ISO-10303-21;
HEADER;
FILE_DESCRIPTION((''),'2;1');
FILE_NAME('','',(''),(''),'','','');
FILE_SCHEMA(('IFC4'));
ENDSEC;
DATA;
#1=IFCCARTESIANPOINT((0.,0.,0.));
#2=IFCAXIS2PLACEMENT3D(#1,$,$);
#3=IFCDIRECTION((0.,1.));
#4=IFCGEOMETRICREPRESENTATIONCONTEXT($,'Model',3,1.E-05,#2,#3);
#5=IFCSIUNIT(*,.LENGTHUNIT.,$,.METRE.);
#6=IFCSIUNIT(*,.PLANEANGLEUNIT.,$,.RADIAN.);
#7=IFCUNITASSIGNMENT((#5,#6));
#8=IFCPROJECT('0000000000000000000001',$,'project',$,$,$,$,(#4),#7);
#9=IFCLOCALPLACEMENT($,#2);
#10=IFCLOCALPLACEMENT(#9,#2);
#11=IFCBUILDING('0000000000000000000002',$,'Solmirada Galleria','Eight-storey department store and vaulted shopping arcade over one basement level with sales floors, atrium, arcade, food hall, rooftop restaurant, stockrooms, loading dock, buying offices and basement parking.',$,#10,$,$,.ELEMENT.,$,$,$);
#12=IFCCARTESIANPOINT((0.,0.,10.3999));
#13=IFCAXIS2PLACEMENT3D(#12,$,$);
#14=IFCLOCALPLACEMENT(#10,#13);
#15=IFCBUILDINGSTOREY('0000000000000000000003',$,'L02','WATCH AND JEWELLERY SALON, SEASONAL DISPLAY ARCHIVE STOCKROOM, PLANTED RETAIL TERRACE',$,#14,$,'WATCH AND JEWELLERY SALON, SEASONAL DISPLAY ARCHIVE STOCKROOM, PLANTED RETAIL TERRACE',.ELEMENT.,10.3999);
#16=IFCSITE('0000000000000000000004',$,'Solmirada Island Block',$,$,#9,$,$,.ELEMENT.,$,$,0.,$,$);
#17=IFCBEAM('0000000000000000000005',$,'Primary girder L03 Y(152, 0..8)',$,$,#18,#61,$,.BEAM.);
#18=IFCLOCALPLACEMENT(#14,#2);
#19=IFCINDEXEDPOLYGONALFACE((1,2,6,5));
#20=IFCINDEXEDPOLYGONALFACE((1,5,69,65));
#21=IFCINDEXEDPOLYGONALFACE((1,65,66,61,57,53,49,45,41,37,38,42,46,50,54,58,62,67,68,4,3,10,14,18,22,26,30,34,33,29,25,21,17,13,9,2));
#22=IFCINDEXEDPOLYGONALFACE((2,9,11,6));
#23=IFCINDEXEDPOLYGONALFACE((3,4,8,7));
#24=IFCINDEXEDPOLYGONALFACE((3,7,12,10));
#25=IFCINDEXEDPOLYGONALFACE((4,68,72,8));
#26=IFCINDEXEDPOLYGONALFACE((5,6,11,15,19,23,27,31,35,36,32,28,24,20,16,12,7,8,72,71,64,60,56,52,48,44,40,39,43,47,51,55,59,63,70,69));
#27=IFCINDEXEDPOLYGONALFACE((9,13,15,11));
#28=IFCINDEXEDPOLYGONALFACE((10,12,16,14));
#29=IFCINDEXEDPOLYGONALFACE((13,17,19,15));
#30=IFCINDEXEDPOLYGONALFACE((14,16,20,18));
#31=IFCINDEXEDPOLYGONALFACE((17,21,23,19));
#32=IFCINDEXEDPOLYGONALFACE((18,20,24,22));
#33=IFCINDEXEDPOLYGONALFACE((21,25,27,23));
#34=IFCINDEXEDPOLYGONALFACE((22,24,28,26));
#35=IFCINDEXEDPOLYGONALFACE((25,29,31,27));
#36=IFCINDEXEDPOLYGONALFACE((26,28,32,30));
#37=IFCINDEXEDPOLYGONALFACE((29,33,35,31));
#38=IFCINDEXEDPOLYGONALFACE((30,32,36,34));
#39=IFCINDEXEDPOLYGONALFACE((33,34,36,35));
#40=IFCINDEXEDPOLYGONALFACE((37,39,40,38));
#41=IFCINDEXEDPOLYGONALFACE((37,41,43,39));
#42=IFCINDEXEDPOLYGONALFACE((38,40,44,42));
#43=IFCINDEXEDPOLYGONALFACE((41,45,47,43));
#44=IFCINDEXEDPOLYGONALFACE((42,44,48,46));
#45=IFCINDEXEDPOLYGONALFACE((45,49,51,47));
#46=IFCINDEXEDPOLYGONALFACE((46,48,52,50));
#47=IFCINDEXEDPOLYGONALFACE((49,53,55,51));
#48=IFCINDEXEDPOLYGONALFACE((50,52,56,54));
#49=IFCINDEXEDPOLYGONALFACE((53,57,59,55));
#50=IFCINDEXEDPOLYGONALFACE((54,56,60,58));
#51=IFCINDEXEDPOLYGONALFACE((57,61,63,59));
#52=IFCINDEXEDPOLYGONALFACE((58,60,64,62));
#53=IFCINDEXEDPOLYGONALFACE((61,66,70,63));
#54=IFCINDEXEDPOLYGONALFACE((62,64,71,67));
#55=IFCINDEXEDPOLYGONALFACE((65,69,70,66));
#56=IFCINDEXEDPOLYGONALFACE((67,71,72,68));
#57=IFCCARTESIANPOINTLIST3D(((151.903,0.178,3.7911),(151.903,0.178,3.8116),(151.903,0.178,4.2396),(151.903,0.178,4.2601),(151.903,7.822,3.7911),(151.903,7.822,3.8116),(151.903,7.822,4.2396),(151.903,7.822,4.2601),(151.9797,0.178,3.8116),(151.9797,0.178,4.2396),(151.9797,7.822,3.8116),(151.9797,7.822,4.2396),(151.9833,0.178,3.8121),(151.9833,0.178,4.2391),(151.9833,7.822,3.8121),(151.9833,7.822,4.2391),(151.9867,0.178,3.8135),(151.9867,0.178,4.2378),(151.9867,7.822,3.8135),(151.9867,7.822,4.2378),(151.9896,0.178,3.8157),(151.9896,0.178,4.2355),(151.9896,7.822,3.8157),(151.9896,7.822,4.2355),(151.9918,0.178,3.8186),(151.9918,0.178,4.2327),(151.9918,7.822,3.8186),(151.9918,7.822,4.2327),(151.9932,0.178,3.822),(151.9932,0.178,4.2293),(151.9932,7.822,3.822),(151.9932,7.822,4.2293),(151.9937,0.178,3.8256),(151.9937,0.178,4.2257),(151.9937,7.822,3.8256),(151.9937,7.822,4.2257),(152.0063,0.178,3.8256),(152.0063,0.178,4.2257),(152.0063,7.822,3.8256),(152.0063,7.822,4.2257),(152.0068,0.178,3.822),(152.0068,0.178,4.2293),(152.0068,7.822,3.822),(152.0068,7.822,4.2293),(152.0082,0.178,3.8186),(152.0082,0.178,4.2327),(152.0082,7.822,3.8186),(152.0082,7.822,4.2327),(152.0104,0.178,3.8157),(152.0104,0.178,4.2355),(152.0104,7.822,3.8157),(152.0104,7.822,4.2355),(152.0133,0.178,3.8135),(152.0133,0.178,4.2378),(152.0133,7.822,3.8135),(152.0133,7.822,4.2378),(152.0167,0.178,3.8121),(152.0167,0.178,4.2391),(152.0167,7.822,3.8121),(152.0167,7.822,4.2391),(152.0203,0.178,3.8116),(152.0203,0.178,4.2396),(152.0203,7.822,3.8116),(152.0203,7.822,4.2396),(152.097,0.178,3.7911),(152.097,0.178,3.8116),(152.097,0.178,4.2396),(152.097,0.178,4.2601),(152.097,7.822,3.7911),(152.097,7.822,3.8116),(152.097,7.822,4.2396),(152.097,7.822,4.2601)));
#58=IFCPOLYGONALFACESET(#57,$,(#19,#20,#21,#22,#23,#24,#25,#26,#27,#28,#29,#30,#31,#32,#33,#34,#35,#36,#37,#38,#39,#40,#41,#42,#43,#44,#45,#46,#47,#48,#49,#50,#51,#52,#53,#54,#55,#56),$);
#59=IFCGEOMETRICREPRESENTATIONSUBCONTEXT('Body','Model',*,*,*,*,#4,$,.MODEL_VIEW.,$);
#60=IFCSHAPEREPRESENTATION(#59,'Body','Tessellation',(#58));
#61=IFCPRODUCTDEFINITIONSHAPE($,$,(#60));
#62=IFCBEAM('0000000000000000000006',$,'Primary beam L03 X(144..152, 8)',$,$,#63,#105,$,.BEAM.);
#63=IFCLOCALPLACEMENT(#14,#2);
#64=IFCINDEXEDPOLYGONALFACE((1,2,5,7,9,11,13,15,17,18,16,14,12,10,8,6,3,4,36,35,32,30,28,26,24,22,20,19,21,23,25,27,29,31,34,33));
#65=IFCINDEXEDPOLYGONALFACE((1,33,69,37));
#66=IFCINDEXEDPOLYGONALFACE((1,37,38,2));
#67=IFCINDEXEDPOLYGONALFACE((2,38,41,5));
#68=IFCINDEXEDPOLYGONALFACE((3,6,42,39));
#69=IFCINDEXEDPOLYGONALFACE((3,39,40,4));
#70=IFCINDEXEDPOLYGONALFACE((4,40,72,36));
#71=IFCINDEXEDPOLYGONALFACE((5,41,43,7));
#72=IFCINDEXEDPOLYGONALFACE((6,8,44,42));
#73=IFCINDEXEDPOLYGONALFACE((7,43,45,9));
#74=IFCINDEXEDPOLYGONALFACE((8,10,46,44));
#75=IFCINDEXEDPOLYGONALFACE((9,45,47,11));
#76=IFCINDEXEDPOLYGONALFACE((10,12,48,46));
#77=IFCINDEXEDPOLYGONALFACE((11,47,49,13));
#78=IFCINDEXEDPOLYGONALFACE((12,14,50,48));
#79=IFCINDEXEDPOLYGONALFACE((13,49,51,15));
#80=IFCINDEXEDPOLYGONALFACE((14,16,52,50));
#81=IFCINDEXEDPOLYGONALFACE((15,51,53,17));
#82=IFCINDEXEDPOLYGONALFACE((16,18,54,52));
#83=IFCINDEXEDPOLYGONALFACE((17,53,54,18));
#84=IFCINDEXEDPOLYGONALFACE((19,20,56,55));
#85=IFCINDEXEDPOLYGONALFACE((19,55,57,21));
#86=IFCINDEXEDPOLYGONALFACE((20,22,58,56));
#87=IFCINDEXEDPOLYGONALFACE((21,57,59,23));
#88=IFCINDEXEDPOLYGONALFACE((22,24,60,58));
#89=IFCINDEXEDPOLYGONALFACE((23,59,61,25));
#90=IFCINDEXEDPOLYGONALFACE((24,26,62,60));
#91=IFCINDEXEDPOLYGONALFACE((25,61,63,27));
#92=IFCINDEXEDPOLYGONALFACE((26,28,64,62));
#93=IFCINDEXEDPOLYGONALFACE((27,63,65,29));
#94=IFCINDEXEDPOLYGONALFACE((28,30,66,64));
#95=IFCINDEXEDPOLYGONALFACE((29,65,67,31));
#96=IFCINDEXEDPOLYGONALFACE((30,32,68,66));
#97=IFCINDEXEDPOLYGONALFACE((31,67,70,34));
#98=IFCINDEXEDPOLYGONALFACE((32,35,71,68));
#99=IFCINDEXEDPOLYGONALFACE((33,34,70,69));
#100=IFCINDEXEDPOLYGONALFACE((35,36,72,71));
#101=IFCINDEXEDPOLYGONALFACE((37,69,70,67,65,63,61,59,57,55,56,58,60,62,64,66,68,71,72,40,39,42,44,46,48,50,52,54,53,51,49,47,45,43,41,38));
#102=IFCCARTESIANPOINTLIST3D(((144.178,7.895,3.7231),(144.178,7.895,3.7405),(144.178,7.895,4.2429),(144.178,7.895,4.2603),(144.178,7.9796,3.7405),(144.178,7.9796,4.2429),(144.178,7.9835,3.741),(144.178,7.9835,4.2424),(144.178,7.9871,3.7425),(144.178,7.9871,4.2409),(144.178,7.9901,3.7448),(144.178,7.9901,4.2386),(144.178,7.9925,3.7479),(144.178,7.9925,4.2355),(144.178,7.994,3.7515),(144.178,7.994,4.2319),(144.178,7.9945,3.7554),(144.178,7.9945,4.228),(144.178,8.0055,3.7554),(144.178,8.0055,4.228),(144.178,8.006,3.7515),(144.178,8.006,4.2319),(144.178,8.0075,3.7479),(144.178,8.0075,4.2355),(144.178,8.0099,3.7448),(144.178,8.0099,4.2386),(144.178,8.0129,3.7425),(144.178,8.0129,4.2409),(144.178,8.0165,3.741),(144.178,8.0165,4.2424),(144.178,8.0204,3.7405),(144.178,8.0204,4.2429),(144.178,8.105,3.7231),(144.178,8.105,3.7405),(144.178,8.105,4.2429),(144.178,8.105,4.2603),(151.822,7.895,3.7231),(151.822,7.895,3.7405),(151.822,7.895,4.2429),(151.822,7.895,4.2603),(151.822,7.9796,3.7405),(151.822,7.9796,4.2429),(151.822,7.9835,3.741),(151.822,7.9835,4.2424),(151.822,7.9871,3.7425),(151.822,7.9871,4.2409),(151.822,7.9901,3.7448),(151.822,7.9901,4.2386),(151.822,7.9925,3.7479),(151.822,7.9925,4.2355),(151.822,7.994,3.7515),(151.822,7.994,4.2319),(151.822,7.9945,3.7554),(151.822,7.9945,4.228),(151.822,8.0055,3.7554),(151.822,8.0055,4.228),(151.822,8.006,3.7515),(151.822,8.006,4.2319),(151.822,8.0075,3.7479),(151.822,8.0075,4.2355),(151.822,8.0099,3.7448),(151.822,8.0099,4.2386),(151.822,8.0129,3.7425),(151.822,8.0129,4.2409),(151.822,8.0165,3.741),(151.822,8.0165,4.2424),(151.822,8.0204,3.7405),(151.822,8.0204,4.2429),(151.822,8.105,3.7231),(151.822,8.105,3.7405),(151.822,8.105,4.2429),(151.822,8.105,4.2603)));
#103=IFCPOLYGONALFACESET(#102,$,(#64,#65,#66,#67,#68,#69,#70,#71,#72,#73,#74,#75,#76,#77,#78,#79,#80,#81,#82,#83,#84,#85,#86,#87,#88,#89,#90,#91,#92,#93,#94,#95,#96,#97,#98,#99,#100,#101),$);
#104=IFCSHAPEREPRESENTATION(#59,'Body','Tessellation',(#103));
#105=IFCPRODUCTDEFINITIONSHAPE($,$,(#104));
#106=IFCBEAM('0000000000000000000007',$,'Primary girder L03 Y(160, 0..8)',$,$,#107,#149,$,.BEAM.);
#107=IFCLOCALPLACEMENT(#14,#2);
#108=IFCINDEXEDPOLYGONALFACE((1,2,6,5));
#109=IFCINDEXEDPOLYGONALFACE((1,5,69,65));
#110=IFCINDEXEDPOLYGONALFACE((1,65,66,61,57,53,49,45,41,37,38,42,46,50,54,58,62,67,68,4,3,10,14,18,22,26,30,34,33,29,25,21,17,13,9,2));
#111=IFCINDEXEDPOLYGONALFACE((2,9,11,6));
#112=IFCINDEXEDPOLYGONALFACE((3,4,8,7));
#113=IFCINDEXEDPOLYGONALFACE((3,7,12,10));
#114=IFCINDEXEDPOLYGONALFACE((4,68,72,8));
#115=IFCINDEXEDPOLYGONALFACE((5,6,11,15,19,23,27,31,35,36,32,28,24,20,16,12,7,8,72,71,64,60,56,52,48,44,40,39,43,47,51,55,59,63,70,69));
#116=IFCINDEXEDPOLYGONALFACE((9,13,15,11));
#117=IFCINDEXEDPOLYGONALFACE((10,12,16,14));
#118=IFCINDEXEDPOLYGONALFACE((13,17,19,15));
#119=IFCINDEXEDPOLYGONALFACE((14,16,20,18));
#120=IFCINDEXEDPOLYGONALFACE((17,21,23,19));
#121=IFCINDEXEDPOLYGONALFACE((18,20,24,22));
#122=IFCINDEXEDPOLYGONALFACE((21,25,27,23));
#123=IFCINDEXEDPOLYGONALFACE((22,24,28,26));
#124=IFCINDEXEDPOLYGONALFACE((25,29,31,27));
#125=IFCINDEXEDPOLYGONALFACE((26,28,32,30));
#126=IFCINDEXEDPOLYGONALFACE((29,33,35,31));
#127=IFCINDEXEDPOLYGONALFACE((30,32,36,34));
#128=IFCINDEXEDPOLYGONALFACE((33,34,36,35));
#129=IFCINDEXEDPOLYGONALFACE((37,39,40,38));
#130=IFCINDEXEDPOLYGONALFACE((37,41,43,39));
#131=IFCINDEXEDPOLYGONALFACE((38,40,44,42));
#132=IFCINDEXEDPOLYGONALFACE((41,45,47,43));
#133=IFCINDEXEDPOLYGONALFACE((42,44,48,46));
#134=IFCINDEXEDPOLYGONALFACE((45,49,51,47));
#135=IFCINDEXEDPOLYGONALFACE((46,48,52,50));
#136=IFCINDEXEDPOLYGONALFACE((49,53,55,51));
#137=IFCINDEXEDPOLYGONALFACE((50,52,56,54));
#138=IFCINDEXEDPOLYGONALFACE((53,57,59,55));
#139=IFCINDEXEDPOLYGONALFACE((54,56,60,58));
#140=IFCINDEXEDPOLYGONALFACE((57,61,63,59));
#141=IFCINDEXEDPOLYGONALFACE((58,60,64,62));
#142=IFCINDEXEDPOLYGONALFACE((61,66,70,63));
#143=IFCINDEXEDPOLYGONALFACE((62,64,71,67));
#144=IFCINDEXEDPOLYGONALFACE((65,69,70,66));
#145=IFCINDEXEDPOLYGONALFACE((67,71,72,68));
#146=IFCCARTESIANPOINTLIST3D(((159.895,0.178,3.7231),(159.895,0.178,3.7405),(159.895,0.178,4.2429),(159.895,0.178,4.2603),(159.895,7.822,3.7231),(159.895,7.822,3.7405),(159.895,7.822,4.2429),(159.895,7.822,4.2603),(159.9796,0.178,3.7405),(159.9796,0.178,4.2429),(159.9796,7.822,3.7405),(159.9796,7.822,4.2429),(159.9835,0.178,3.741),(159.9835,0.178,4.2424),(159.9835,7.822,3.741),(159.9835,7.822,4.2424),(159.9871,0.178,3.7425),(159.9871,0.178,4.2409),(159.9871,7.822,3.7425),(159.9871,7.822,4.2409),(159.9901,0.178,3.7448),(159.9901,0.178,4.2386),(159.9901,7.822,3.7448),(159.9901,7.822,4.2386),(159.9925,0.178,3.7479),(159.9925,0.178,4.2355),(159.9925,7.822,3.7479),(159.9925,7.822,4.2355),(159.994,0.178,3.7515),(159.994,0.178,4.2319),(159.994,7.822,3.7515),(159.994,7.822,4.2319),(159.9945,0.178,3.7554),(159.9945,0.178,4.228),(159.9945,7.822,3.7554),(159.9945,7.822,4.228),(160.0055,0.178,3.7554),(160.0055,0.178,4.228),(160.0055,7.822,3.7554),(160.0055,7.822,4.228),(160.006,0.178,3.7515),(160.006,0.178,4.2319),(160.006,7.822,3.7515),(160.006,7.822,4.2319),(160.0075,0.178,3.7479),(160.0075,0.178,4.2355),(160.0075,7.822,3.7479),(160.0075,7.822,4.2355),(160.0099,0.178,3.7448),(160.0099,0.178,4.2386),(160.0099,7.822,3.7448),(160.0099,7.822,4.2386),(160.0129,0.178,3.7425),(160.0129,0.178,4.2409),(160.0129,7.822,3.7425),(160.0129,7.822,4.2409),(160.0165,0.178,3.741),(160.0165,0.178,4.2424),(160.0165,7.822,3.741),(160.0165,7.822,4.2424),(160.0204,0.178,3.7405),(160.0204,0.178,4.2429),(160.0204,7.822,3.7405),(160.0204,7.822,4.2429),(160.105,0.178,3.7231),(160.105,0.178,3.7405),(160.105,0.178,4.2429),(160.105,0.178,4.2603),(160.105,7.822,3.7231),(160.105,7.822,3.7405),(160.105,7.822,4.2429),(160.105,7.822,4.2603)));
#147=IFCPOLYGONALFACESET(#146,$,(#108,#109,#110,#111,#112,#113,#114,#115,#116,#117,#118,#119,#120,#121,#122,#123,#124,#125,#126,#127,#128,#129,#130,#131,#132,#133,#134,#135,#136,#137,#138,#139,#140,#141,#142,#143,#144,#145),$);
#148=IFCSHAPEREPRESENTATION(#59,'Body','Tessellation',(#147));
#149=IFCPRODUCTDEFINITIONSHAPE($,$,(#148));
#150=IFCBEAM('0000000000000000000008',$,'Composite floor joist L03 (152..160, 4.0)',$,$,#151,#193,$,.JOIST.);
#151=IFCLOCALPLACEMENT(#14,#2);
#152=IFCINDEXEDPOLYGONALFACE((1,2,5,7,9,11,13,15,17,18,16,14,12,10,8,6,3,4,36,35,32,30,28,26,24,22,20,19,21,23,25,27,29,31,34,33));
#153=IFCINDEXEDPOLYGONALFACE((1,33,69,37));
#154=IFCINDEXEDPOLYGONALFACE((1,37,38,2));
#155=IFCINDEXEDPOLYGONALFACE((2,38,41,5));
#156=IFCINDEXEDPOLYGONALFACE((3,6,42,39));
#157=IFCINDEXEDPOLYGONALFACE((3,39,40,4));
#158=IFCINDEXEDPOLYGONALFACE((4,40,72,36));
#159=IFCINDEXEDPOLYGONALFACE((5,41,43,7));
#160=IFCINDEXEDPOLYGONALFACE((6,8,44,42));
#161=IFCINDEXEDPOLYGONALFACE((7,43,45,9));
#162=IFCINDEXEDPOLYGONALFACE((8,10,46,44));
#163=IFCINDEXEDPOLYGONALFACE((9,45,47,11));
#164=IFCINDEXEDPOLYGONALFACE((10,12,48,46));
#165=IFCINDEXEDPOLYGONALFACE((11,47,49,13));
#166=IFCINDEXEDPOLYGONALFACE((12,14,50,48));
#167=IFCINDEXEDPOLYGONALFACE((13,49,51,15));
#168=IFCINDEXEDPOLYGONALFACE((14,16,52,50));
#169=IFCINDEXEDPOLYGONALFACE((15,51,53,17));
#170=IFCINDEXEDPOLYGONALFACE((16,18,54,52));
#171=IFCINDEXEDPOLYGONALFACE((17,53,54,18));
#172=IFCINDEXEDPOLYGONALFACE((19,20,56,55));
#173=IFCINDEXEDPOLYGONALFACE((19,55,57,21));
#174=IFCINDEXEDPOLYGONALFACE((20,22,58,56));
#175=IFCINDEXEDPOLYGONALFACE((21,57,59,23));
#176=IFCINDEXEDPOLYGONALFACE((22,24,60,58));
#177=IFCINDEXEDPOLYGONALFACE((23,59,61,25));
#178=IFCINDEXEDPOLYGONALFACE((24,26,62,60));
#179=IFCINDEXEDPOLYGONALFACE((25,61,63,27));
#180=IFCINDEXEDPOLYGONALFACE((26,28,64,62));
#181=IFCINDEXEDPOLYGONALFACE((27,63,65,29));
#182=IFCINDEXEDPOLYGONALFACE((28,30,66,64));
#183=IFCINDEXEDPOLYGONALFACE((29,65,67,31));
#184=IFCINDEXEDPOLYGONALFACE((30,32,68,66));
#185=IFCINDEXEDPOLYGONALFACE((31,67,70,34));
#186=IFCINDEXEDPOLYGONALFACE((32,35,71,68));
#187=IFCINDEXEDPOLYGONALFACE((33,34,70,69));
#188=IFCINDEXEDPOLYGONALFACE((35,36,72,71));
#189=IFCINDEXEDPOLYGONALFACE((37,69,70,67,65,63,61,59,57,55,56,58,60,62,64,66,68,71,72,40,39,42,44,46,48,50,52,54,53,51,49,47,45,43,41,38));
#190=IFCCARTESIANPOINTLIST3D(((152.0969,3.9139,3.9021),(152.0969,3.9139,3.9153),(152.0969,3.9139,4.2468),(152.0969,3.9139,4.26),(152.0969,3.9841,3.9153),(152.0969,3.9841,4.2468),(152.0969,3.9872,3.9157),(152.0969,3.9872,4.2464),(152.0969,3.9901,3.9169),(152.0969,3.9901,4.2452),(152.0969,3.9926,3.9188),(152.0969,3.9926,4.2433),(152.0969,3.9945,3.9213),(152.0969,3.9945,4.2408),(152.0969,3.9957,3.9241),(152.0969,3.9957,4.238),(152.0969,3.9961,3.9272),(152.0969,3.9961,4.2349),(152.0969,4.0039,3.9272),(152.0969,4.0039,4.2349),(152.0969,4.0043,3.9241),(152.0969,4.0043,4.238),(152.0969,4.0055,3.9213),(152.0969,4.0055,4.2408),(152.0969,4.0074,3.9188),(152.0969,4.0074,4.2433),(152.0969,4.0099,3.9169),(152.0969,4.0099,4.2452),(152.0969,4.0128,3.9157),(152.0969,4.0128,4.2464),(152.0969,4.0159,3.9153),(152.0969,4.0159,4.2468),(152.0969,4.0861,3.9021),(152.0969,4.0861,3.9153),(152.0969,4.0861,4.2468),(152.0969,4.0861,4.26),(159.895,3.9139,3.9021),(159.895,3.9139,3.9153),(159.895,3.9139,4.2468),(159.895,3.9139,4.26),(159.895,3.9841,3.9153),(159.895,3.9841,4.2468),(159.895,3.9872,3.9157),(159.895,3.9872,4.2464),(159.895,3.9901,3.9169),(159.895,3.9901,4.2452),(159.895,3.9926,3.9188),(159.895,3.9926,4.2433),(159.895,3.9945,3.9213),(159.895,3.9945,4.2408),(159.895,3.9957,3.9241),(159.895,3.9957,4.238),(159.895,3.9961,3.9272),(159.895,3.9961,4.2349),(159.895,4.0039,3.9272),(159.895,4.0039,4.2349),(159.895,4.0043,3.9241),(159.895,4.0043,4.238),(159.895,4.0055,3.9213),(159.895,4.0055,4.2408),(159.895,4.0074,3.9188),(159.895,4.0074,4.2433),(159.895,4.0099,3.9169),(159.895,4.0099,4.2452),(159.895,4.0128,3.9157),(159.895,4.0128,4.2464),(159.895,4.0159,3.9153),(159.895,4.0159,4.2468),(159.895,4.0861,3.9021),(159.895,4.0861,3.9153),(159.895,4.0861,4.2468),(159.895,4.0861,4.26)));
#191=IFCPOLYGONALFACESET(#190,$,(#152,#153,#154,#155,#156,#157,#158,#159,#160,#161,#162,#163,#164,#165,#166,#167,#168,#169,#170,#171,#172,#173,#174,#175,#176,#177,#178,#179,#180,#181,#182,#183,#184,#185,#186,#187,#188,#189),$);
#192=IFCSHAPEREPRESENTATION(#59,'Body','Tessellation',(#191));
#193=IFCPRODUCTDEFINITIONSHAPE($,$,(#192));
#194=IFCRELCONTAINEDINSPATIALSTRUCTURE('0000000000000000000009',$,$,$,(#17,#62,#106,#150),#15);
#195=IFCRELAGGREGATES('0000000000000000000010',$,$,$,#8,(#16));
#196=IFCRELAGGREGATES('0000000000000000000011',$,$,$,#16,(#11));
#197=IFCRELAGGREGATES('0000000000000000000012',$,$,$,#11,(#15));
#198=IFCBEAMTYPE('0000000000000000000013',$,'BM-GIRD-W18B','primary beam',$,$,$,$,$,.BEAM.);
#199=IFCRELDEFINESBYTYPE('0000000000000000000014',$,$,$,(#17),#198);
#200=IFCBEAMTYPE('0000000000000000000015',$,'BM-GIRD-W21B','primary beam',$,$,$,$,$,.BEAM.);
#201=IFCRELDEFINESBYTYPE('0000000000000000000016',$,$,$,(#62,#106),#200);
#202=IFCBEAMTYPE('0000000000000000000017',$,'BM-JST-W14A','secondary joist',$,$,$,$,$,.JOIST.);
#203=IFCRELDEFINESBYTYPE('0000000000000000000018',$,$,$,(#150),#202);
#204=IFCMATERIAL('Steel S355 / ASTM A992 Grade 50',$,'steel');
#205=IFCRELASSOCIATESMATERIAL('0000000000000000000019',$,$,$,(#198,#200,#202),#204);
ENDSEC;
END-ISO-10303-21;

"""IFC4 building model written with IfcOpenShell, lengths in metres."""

from ifc_helpers import new_model, si_unit, direction, frame, origin, origin_2d, place, context, subcontext, project, spatial, i_section, extrude, material, material_profile, profile_set, type_object, element, save


model = new_model("IFC4")

# Units and contexts
model_context = context("Model", 3, precision=1e-05, world=origin(), true_north=direction((0.0, 1.0)))
body_context = subcontext(model_context, "Body", "Model", "MODEL_VIEW")
ifc_project = project(units=[si_unit("LENGTHUNIT", "METRE"), si_unit("PLANEANGLEUNIT", "RADIAN")], contexts=[model_context])

# Site, building, storey
site_placement = place(None, origin())
site = spatial("IfcSite", under=ifc_project, at=site_placement, Name="Solmirada Island Block", CompositionType="ELEMENT", RefElevation=0.0)
building_placement = place(site_placement, origin())
building = spatial("IfcBuilding", under=site, at=building_placement, Name="Solmirada Galleria", Description="Eight-storey department store and vaulted shopping arcade over one basement level with sales floors, atrium, arcade, food hall, rooftop restaurant, stockrooms, loading dock, buying offices and basement parking.", CompositionType="ELEMENT")
storey_placement = place(building_placement, frame((0.0, 0.0, 10.3999)))
storey = spatial("IfcBuildingStorey", under=building, at=storey_placement, Name="L02", Description="WATCH AND JEWELLERY SALON, SEASONAL DISPLAY ARCHIVE STOCKROOM, PLANTED RETAIL TERRACE", LongName="WATCH AND JEWELLERY SALON, SEASONAL DISPLAY ARCHIVE STOCKROOM, PLANTED RETAIL TERRACE", CompositionType="ELEMENT", Elevation=10.3999)

# Beams
ifc_material_1 = material(Name="Steel S355 / ASTM A992 Grade 50", Category="steel")
ifc_material_profile_1 = material_profile(ifc_material_1, i_section(OverallWidth=0.1941, OverallDepth=0.469, WebThickness=0.0127, FlangeThickness=0.0205, FilletRadius=0.0139, at=origin_2d()), Name="W18X71")
ifc_profile_set_1 = profile_set([ifc_material_profile_1], Name="Steel S355 / ASTM A992 Grade 50")
beam_type_1 = type_object("IfcBeamType", Name="BM-GIRD-W18B", Description="primary beam", PredefinedType="BEAM", material=ifc_profile_set_1)
beam_placement = place(storey_placement, frame((152.0, 0.178, 4.0256), z_axis=(0.0, 1.0, 0.0), x_axis=(-1.0, 0.0, 0.0)))
element("IfcBeam", 1, at=beam_placement, inside=storey, type_object=beam_type_1, Name="Primary girder L03 Y(152, 0..8)", PredefinedType="BEAM", context=body_context, shape_type="SweptSolid", body=[
    extrude(i_section(OverallWidth=0.1941, OverallDepth=0.469, WebThickness=0.0127, FlangeThickness=0.0205, FilletRadius=0.0139, at=origin_2d()), origin(), (0.0, 0.0, 1.0), 7.644),
])
ifc_material_profile_2 = material_profile(ifc_material_1, i_section(OverallWidth=0.21, OverallDepth=0.5371, WebThickness=0.011, FlangeThickness=0.0173, FilletRadius=0.0149, at=origin_2d()), Name="W21X68")
ifc_profile_set_2 = profile_set([ifc_material_profile_2], Name="Steel S355 / ASTM A992 Grade 50")
beam_type_2 = type_object("IfcBeamType", Name="BM-GIRD-W21B", Description="primary beam", PredefinedType="BEAM", material=ifc_profile_set_2)
for number, where, z_axis, x_axis, name in (
    (2, (144.178, 8.0, 3.9917), (1.0, 0.0, 0.0), (0.0, 1.0, 0.0), "Primary beam L03 X(144..152, 8)"),
    (3, (160.0, 0.178, 3.9917), (0.0, 1.0, 0.0), (-1.0, 0.0, 0.0), "Primary girder L03 Y(160, 0..8)"),
):
    element("IfcBeam", number, at=place(storey_placement, frame(where, z_axis=z_axis, x_axis=x_axis)), inside=storey, type_object=beam_type_2, Name=name, PredefinedType="BEAM", context=body_context, shape_type="SweptSolid", body=[
        extrude(i_section(OverallWidth=0.21, OverallDepth=0.5371, WebThickness=0.011, FlangeThickness=0.0173, FilletRadius=0.0149, at=origin_2d()), origin(), (0.0, 0.0, 1.0), 7.644),
    ])
ifc_material_profile_3 = material_profile(ifc_material_1, i_section(OverallWidth=0.1721, OverallDepth=0.3579, WebThickness=0.0078, FlangeThickness=0.0132, FilletRadius=0.012, at=origin_2d()), Name="W14X38")
ifc_profile_set_3 = profile_set([ifc_material_profile_3], Name="Steel S355 / ASTM A992 Grade 50")
beam_type_3 = type_object("IfcBeamType", Name="BM-JST-W14A", Description="secondary joist", PredefinedType="JOIST", material=ifc_profile_set_3)
for number, where, z_axis, x_axis, name in (
    (4, (152.0969, 4.0, 4.0811), (1.0, 0.0, 0.0), (0.0, 1.0, 0.0), "Composite floor joist L03 (152..160, 4.0)"),
):
    element("IfcBeam", number, at=place(storey_placement, frame(where, z_axis=z_axis, x_axis=x_axis)), inside=storey, type_object=beam_type_3, Name=name, PredefinedType="JOIST", context=body_context, shape_type="SweptSolid", body=[
        extrude(i_section(OverallWidth=0.1721, OverallDepth=0.3579, WebThickness=0.0078, FlangeThickness=0.0132, FilletRadius=0.012, at=origin_2d()), origin(), (0.0, 0.0, 1.0), 7.7981),
    ])

save(model, "model.ifc")
